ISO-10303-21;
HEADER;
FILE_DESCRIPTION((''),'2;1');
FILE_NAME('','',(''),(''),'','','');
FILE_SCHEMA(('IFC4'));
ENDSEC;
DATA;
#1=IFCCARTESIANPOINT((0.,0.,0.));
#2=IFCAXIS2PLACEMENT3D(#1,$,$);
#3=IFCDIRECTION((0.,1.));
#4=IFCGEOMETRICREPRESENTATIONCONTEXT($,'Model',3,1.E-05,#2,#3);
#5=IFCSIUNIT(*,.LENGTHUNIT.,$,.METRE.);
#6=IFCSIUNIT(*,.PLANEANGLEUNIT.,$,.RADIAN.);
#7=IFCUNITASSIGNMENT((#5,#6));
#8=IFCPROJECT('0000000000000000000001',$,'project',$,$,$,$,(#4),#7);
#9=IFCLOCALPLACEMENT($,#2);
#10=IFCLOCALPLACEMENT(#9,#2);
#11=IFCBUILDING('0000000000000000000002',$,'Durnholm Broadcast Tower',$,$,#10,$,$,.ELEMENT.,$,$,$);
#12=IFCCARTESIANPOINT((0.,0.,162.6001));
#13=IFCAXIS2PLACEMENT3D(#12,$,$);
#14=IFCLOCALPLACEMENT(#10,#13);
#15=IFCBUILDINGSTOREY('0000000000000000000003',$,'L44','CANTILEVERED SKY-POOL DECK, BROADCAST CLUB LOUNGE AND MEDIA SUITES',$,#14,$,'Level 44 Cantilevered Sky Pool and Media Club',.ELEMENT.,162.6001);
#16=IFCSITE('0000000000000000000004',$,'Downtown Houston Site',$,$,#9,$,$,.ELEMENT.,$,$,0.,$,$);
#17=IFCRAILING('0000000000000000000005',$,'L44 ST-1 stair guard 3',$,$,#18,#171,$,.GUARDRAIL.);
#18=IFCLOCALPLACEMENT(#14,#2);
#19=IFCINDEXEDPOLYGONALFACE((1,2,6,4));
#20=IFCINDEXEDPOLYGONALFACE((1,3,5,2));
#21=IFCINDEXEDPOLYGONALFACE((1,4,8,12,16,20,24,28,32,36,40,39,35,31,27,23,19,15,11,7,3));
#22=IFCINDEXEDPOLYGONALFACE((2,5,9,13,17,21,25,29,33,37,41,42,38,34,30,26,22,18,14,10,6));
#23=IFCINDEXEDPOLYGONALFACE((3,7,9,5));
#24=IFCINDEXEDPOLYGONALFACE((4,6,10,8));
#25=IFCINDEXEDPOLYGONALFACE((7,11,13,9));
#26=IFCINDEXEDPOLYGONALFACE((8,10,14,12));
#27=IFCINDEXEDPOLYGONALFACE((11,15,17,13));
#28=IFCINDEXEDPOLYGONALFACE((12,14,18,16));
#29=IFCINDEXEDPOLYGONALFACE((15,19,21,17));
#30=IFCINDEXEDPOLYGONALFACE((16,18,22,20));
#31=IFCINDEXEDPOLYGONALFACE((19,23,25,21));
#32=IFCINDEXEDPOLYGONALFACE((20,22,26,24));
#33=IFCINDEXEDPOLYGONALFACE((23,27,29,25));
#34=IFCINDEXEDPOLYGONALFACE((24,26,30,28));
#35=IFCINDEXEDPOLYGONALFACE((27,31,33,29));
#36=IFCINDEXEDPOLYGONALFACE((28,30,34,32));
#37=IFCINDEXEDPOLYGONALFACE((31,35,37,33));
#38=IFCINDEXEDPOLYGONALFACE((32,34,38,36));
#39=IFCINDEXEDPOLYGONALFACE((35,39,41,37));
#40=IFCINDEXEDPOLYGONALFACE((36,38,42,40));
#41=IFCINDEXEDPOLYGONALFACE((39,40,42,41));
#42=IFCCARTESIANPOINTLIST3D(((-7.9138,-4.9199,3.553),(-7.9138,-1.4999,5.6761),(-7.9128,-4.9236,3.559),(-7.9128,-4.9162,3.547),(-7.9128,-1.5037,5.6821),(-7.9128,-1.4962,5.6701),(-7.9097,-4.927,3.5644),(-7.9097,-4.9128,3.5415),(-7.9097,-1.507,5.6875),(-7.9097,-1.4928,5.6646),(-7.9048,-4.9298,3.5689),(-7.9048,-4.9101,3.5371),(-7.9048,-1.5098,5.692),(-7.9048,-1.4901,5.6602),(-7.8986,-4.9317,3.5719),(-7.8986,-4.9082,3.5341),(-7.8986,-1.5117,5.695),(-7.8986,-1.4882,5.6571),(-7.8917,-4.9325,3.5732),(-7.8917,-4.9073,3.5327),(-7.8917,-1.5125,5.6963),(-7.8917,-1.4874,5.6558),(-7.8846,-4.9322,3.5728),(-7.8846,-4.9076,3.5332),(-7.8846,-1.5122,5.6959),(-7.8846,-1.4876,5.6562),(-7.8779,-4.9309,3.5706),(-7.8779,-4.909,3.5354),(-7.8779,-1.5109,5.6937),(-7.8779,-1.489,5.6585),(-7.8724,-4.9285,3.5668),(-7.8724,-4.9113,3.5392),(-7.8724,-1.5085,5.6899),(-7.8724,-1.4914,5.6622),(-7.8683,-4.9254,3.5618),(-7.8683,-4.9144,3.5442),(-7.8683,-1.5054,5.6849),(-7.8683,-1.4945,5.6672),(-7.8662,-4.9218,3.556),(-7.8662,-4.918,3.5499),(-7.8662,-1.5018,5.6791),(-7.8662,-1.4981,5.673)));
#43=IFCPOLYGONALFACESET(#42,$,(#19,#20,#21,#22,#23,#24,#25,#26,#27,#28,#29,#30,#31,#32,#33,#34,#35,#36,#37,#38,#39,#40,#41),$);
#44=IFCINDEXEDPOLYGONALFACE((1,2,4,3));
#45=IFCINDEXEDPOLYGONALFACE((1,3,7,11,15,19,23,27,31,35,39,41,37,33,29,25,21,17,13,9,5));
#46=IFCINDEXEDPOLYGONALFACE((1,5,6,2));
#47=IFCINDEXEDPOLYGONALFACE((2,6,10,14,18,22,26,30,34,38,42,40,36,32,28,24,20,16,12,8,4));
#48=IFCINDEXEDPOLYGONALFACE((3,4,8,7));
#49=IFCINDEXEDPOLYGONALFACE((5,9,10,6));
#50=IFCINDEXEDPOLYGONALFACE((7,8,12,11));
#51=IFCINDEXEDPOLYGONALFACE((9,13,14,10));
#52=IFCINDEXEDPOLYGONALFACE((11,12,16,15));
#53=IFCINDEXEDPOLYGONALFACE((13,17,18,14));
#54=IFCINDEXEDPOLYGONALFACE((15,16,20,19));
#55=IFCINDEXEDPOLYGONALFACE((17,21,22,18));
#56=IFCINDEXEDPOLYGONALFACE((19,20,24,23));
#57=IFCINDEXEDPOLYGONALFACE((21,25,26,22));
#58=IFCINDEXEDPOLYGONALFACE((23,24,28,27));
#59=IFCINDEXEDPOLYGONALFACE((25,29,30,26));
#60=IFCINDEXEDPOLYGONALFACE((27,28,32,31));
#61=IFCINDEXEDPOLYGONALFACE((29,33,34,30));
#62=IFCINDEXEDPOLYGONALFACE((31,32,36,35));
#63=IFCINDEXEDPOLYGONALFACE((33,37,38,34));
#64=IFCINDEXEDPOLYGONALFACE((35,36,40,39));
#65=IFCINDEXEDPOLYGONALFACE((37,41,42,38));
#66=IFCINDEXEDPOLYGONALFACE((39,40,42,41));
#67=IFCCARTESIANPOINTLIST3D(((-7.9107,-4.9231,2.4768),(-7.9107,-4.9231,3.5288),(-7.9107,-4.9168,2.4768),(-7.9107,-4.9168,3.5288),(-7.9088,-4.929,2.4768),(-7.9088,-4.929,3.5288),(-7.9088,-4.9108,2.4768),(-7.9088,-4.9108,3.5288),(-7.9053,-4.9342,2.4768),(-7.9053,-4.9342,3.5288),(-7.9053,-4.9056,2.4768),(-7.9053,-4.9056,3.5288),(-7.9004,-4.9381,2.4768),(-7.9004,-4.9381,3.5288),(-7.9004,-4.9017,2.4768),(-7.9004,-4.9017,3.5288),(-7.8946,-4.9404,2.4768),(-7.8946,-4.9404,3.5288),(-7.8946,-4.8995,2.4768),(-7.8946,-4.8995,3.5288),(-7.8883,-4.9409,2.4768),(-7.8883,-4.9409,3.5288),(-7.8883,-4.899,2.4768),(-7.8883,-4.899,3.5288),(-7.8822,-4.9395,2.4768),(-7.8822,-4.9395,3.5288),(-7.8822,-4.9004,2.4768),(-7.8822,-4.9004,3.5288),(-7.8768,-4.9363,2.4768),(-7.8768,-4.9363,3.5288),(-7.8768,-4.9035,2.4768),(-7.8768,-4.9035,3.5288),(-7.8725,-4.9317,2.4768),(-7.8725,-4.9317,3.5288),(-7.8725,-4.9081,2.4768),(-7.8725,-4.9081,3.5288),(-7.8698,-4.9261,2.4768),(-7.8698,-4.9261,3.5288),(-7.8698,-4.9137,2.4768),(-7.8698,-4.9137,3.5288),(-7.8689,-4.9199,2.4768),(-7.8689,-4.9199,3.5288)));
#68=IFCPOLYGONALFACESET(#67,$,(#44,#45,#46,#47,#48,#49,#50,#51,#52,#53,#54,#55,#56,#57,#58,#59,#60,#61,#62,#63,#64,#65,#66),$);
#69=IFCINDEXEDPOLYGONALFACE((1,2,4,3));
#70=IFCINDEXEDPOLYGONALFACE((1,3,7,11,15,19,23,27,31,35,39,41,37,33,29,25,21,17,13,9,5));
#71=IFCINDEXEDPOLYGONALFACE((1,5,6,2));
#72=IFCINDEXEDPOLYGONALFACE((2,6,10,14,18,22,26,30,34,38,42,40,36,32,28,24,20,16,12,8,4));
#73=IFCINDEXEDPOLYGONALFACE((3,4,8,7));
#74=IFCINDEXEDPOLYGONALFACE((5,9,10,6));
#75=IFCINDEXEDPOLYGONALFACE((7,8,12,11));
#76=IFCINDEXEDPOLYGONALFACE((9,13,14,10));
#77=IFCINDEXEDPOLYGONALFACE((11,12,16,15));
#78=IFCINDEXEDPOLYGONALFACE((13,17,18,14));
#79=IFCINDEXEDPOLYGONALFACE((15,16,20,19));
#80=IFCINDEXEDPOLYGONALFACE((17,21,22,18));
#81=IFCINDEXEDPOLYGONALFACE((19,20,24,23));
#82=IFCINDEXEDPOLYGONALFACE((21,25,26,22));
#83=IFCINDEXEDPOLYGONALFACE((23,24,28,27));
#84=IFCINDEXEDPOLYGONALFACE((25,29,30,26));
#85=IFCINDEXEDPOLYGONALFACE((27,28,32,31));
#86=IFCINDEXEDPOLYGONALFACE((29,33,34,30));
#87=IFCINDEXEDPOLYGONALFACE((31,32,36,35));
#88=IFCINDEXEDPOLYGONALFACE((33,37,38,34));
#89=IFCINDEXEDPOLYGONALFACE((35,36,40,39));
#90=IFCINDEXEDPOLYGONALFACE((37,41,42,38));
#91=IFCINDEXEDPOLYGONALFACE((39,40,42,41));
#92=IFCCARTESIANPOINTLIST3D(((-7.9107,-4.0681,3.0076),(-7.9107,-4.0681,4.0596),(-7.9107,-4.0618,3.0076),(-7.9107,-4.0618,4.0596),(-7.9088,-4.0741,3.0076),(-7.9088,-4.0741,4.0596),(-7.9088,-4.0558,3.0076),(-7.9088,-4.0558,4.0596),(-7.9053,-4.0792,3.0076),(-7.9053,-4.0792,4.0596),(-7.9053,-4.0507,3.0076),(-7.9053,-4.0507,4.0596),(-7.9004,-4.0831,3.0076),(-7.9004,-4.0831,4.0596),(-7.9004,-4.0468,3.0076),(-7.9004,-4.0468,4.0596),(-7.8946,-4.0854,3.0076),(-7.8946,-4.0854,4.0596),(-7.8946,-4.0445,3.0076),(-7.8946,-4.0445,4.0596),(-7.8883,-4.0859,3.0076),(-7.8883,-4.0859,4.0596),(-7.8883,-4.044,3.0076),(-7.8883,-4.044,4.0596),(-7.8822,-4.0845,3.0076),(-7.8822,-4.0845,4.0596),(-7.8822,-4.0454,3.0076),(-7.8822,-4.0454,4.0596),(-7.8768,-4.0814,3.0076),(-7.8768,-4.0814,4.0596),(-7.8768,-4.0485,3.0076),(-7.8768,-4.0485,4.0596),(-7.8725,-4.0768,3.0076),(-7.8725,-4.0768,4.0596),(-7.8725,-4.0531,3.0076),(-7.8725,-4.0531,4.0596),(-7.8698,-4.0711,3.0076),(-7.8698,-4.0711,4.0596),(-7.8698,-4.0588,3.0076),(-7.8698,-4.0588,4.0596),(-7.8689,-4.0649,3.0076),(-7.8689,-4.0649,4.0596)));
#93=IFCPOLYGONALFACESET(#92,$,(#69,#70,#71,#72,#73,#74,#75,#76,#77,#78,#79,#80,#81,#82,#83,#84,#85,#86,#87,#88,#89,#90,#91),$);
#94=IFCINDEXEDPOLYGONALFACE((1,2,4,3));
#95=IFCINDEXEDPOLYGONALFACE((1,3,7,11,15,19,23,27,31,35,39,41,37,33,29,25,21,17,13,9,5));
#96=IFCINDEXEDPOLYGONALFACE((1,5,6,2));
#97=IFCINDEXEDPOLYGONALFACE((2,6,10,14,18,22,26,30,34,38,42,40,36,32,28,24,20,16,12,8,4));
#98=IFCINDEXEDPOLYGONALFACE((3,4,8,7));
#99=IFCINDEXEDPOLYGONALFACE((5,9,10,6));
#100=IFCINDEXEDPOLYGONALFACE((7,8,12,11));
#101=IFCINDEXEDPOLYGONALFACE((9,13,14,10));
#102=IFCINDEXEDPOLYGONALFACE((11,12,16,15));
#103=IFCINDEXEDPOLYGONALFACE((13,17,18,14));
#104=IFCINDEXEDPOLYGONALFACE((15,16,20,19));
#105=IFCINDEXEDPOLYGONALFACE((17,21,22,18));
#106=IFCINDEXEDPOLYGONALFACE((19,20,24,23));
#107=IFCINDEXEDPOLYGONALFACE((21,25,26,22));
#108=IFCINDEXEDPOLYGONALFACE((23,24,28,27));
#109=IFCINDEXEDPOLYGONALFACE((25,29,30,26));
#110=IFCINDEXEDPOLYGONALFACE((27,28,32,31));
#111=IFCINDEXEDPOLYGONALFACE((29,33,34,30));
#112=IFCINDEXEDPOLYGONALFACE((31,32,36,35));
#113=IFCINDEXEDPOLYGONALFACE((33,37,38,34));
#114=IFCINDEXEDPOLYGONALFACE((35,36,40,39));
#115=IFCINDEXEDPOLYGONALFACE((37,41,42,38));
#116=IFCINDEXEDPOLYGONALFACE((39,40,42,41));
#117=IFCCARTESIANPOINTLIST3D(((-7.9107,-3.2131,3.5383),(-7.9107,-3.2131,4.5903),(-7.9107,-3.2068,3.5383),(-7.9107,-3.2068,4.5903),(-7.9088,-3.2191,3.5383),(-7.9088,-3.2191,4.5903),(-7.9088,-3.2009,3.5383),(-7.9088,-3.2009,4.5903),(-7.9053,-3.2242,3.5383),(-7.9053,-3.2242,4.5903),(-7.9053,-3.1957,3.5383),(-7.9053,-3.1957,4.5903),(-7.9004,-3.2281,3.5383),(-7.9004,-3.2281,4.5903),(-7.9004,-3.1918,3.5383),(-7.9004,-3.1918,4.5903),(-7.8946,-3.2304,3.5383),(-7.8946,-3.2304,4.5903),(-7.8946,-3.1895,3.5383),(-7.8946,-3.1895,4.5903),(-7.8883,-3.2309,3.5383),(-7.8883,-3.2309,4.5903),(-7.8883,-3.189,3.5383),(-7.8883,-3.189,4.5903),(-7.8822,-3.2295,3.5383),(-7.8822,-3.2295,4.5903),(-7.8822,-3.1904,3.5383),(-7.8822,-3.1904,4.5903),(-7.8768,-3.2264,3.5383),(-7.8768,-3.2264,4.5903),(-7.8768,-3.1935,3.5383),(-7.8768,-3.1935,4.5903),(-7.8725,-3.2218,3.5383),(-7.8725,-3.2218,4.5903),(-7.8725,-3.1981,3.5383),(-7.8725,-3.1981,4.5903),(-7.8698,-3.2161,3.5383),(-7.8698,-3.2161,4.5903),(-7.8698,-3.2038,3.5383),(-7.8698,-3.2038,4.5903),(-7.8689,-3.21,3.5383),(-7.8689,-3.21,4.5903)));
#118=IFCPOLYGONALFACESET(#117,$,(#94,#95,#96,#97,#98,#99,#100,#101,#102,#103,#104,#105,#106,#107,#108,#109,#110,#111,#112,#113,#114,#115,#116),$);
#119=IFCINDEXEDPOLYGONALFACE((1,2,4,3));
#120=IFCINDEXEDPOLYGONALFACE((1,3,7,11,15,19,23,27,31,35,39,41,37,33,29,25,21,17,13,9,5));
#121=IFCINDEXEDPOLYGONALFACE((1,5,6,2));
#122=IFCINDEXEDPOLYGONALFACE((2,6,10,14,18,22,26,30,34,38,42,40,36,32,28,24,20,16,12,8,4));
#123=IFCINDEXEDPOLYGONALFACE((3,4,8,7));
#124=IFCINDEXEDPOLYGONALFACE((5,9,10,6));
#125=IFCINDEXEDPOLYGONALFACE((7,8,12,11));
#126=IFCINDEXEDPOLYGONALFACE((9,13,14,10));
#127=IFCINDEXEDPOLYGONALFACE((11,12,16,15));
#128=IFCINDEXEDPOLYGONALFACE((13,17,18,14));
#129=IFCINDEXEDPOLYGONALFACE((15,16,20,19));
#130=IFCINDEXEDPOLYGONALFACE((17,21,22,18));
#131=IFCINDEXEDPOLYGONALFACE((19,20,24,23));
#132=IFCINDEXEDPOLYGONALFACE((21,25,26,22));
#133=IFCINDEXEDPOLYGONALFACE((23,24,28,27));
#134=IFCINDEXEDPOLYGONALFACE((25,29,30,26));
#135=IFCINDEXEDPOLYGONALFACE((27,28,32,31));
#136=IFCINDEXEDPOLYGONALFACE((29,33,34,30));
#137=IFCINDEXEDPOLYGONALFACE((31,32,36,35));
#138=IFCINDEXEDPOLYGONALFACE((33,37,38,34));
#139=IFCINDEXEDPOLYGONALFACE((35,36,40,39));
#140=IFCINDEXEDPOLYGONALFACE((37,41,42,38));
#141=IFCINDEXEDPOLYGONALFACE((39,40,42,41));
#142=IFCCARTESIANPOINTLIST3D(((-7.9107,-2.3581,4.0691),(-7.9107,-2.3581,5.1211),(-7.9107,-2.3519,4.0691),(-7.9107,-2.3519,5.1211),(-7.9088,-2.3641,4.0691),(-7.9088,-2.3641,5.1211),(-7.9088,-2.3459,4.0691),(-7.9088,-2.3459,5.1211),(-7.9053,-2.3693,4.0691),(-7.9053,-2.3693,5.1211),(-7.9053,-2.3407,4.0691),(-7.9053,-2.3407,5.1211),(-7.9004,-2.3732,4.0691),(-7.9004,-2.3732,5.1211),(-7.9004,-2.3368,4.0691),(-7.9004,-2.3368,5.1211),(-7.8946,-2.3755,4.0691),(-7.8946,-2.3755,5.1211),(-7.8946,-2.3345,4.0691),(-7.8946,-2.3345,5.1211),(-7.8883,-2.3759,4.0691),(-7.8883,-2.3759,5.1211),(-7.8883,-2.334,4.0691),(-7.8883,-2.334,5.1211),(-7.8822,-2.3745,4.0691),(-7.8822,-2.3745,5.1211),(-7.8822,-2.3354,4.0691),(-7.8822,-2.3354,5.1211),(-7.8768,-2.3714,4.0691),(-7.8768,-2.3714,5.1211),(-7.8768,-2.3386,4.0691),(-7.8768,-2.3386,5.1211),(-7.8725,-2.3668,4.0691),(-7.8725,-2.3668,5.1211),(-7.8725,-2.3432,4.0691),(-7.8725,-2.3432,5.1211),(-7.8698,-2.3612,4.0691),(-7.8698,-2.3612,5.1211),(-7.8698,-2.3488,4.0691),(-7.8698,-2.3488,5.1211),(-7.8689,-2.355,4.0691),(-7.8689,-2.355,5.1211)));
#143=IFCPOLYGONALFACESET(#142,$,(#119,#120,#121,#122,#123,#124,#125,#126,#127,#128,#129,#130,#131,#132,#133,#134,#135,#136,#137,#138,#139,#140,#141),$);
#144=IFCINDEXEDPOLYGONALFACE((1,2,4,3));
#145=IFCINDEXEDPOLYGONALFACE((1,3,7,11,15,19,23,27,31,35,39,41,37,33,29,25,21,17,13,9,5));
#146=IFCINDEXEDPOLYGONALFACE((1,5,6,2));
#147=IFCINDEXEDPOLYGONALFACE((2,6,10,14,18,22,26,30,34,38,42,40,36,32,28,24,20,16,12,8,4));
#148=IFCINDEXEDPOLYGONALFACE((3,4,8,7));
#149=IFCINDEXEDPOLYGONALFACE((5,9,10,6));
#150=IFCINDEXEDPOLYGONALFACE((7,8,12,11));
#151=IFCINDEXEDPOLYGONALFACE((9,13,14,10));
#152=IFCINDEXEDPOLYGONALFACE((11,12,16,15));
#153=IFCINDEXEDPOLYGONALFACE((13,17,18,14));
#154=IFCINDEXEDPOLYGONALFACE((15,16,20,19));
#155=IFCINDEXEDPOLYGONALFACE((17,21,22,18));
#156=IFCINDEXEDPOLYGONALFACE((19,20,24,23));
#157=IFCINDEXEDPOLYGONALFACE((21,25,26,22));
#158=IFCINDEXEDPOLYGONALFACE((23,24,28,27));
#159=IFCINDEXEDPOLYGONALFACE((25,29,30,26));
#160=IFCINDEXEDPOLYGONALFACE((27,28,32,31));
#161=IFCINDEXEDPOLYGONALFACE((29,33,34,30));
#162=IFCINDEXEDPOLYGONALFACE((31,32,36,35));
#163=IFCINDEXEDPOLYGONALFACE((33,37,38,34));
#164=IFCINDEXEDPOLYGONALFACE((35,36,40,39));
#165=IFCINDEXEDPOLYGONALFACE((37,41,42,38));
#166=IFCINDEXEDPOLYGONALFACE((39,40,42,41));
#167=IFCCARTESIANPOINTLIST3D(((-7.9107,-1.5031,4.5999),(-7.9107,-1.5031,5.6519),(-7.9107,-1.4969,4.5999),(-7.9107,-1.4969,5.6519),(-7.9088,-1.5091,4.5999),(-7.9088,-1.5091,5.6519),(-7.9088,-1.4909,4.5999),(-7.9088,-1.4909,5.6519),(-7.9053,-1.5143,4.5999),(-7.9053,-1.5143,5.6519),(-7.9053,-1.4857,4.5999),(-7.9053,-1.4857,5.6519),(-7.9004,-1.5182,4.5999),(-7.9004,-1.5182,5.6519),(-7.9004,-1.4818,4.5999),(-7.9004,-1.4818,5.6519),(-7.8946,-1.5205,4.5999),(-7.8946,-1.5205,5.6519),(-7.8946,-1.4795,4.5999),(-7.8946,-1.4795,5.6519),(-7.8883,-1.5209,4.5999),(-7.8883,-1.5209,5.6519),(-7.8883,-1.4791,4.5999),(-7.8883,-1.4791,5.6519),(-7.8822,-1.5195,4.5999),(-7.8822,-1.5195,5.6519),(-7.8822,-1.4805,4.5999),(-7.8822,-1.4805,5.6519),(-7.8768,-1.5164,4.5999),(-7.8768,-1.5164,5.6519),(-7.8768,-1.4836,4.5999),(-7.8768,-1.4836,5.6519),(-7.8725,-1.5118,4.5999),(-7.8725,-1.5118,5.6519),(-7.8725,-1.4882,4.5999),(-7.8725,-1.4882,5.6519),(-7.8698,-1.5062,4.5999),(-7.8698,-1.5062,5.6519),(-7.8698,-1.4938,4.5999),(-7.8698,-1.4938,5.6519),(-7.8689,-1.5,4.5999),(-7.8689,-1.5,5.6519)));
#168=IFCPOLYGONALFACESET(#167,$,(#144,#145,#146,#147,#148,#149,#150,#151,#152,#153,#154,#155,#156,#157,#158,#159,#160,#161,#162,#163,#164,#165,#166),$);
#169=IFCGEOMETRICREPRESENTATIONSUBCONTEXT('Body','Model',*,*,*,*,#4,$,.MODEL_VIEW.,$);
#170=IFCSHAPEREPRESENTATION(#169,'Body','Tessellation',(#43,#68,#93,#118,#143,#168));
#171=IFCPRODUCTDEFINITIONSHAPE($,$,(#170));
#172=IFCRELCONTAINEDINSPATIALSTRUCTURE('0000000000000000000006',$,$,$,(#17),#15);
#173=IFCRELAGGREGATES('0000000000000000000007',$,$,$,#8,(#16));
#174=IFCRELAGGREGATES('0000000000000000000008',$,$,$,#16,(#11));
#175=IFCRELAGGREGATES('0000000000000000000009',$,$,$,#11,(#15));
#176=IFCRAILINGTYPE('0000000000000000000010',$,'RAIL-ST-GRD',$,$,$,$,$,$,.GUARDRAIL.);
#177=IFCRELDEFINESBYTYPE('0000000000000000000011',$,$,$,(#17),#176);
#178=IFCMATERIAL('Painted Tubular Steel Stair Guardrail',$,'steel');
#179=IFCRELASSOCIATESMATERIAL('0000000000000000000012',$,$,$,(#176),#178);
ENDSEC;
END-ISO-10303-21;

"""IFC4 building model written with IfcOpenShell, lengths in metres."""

from ifc_helpers import new_model, si_unit, direction, frame, origin, origin_2d, place, context, subcontext, project, spatial, circle, extrude, material, type_object, element, save


model = new_model("IFC4")

# Units and contexts
model_context = context("Model", 3, precision=1e-05, world=origin(), true_north=direction((0.0, 1.0)))
body_context = subcontext(model_context, "Body", "Model", "MODEL_VIEW")
ifc_project = project(units=[si_unit("LENGTHUNIT", "METRE"), si_unit("PLANEANGLEUNIT", "RADIAN")], contexts=[model_context])

# Site, building, storey
site_placement = place(None, origin())
site = spatial("IfcSite", under=ifc_project, at=site_placement, Name="Downtown Houston Site", CompositionType="ELEMENT", RefElevation=0.0)
building_placement = place(site_placement, origin())
building = spatial("IfcBuilding", under=site, at=building_placement, Name="Durnholm Broadcast Tower", CompositionType="ELEMENT")
storey_placement = place(building_placement, frame((0.0, 0.0, 162.6001)))
storey = spatial("IfcBuildingStorey", under=building, at=storey_placement, Name="L44", Description="CANTILEVERED SKY-POOL DECK, BROADCAST CLUB LOUNGE AND MEDIA SUITES", LongName="Level 44 Cantilevered Sky Pool and Media Club", CompositionType="ELEMENT", Elevation=162.6001)

# Railing
ifc_material_1 = material(Name="Painted Tubular Steel Stair Guardrail", Category="steel")
railing_type_1 = type_object("IfcRailingType", Name="RAIL-ST-GRD", PredefinedType="GUARDRAIL", material=ifc_material_1)
railing_1_placement = place(storey_placement, frame((-7.8899, -4.9199, 2.4768)))
element("IfcRailing", 1, at=railing_1_placement, inside=storey, type_object=railing_type_1, Name="L44 ST-1 stair guard 3", PredefinedType="GUARDRAIL", context=body_context, shape_type="SweptSolid", body=[
    extrude(circle(Radius=0.0239, at=origin_2d()), frame((0.0, 0.0, 1.0762), z_axis=(0.0, 0.849603, 0.527423), x_axis=(-1.0, 0.0, 0.0)), (0.0, 0.0, 1.0), 4.0254),
    extrude(circle(Radius=0.021, at=origin_2d()), origin(), (0.0, 0.0, 1.0), 1.052),
    extrude(circle(Radius=0.021, at=origin_2d()), frame((0.0, 0.855, 0.5308)), (0.0, 0.0, 1.0), 1.052),
    extrude(circle(Radius=0.021, at=origin_2d()), frame((0.0, 1.71, 1.0615)), (0.0, 0.0, 1.0), 1.052),
    extrude(circle(Radius=0.021, at=origin_2d()), frame((0.0, 2.5649, 1.5923)), (0.0, 0.0, 1.0), 1.052),
    extrude(circle(Radius=0.021, at=origin_2d()), frame((0.0, 3.4199, 2.123)), (0.0, 0.0, 1.0), 1.052),
])

save(model, "model.ifc")
